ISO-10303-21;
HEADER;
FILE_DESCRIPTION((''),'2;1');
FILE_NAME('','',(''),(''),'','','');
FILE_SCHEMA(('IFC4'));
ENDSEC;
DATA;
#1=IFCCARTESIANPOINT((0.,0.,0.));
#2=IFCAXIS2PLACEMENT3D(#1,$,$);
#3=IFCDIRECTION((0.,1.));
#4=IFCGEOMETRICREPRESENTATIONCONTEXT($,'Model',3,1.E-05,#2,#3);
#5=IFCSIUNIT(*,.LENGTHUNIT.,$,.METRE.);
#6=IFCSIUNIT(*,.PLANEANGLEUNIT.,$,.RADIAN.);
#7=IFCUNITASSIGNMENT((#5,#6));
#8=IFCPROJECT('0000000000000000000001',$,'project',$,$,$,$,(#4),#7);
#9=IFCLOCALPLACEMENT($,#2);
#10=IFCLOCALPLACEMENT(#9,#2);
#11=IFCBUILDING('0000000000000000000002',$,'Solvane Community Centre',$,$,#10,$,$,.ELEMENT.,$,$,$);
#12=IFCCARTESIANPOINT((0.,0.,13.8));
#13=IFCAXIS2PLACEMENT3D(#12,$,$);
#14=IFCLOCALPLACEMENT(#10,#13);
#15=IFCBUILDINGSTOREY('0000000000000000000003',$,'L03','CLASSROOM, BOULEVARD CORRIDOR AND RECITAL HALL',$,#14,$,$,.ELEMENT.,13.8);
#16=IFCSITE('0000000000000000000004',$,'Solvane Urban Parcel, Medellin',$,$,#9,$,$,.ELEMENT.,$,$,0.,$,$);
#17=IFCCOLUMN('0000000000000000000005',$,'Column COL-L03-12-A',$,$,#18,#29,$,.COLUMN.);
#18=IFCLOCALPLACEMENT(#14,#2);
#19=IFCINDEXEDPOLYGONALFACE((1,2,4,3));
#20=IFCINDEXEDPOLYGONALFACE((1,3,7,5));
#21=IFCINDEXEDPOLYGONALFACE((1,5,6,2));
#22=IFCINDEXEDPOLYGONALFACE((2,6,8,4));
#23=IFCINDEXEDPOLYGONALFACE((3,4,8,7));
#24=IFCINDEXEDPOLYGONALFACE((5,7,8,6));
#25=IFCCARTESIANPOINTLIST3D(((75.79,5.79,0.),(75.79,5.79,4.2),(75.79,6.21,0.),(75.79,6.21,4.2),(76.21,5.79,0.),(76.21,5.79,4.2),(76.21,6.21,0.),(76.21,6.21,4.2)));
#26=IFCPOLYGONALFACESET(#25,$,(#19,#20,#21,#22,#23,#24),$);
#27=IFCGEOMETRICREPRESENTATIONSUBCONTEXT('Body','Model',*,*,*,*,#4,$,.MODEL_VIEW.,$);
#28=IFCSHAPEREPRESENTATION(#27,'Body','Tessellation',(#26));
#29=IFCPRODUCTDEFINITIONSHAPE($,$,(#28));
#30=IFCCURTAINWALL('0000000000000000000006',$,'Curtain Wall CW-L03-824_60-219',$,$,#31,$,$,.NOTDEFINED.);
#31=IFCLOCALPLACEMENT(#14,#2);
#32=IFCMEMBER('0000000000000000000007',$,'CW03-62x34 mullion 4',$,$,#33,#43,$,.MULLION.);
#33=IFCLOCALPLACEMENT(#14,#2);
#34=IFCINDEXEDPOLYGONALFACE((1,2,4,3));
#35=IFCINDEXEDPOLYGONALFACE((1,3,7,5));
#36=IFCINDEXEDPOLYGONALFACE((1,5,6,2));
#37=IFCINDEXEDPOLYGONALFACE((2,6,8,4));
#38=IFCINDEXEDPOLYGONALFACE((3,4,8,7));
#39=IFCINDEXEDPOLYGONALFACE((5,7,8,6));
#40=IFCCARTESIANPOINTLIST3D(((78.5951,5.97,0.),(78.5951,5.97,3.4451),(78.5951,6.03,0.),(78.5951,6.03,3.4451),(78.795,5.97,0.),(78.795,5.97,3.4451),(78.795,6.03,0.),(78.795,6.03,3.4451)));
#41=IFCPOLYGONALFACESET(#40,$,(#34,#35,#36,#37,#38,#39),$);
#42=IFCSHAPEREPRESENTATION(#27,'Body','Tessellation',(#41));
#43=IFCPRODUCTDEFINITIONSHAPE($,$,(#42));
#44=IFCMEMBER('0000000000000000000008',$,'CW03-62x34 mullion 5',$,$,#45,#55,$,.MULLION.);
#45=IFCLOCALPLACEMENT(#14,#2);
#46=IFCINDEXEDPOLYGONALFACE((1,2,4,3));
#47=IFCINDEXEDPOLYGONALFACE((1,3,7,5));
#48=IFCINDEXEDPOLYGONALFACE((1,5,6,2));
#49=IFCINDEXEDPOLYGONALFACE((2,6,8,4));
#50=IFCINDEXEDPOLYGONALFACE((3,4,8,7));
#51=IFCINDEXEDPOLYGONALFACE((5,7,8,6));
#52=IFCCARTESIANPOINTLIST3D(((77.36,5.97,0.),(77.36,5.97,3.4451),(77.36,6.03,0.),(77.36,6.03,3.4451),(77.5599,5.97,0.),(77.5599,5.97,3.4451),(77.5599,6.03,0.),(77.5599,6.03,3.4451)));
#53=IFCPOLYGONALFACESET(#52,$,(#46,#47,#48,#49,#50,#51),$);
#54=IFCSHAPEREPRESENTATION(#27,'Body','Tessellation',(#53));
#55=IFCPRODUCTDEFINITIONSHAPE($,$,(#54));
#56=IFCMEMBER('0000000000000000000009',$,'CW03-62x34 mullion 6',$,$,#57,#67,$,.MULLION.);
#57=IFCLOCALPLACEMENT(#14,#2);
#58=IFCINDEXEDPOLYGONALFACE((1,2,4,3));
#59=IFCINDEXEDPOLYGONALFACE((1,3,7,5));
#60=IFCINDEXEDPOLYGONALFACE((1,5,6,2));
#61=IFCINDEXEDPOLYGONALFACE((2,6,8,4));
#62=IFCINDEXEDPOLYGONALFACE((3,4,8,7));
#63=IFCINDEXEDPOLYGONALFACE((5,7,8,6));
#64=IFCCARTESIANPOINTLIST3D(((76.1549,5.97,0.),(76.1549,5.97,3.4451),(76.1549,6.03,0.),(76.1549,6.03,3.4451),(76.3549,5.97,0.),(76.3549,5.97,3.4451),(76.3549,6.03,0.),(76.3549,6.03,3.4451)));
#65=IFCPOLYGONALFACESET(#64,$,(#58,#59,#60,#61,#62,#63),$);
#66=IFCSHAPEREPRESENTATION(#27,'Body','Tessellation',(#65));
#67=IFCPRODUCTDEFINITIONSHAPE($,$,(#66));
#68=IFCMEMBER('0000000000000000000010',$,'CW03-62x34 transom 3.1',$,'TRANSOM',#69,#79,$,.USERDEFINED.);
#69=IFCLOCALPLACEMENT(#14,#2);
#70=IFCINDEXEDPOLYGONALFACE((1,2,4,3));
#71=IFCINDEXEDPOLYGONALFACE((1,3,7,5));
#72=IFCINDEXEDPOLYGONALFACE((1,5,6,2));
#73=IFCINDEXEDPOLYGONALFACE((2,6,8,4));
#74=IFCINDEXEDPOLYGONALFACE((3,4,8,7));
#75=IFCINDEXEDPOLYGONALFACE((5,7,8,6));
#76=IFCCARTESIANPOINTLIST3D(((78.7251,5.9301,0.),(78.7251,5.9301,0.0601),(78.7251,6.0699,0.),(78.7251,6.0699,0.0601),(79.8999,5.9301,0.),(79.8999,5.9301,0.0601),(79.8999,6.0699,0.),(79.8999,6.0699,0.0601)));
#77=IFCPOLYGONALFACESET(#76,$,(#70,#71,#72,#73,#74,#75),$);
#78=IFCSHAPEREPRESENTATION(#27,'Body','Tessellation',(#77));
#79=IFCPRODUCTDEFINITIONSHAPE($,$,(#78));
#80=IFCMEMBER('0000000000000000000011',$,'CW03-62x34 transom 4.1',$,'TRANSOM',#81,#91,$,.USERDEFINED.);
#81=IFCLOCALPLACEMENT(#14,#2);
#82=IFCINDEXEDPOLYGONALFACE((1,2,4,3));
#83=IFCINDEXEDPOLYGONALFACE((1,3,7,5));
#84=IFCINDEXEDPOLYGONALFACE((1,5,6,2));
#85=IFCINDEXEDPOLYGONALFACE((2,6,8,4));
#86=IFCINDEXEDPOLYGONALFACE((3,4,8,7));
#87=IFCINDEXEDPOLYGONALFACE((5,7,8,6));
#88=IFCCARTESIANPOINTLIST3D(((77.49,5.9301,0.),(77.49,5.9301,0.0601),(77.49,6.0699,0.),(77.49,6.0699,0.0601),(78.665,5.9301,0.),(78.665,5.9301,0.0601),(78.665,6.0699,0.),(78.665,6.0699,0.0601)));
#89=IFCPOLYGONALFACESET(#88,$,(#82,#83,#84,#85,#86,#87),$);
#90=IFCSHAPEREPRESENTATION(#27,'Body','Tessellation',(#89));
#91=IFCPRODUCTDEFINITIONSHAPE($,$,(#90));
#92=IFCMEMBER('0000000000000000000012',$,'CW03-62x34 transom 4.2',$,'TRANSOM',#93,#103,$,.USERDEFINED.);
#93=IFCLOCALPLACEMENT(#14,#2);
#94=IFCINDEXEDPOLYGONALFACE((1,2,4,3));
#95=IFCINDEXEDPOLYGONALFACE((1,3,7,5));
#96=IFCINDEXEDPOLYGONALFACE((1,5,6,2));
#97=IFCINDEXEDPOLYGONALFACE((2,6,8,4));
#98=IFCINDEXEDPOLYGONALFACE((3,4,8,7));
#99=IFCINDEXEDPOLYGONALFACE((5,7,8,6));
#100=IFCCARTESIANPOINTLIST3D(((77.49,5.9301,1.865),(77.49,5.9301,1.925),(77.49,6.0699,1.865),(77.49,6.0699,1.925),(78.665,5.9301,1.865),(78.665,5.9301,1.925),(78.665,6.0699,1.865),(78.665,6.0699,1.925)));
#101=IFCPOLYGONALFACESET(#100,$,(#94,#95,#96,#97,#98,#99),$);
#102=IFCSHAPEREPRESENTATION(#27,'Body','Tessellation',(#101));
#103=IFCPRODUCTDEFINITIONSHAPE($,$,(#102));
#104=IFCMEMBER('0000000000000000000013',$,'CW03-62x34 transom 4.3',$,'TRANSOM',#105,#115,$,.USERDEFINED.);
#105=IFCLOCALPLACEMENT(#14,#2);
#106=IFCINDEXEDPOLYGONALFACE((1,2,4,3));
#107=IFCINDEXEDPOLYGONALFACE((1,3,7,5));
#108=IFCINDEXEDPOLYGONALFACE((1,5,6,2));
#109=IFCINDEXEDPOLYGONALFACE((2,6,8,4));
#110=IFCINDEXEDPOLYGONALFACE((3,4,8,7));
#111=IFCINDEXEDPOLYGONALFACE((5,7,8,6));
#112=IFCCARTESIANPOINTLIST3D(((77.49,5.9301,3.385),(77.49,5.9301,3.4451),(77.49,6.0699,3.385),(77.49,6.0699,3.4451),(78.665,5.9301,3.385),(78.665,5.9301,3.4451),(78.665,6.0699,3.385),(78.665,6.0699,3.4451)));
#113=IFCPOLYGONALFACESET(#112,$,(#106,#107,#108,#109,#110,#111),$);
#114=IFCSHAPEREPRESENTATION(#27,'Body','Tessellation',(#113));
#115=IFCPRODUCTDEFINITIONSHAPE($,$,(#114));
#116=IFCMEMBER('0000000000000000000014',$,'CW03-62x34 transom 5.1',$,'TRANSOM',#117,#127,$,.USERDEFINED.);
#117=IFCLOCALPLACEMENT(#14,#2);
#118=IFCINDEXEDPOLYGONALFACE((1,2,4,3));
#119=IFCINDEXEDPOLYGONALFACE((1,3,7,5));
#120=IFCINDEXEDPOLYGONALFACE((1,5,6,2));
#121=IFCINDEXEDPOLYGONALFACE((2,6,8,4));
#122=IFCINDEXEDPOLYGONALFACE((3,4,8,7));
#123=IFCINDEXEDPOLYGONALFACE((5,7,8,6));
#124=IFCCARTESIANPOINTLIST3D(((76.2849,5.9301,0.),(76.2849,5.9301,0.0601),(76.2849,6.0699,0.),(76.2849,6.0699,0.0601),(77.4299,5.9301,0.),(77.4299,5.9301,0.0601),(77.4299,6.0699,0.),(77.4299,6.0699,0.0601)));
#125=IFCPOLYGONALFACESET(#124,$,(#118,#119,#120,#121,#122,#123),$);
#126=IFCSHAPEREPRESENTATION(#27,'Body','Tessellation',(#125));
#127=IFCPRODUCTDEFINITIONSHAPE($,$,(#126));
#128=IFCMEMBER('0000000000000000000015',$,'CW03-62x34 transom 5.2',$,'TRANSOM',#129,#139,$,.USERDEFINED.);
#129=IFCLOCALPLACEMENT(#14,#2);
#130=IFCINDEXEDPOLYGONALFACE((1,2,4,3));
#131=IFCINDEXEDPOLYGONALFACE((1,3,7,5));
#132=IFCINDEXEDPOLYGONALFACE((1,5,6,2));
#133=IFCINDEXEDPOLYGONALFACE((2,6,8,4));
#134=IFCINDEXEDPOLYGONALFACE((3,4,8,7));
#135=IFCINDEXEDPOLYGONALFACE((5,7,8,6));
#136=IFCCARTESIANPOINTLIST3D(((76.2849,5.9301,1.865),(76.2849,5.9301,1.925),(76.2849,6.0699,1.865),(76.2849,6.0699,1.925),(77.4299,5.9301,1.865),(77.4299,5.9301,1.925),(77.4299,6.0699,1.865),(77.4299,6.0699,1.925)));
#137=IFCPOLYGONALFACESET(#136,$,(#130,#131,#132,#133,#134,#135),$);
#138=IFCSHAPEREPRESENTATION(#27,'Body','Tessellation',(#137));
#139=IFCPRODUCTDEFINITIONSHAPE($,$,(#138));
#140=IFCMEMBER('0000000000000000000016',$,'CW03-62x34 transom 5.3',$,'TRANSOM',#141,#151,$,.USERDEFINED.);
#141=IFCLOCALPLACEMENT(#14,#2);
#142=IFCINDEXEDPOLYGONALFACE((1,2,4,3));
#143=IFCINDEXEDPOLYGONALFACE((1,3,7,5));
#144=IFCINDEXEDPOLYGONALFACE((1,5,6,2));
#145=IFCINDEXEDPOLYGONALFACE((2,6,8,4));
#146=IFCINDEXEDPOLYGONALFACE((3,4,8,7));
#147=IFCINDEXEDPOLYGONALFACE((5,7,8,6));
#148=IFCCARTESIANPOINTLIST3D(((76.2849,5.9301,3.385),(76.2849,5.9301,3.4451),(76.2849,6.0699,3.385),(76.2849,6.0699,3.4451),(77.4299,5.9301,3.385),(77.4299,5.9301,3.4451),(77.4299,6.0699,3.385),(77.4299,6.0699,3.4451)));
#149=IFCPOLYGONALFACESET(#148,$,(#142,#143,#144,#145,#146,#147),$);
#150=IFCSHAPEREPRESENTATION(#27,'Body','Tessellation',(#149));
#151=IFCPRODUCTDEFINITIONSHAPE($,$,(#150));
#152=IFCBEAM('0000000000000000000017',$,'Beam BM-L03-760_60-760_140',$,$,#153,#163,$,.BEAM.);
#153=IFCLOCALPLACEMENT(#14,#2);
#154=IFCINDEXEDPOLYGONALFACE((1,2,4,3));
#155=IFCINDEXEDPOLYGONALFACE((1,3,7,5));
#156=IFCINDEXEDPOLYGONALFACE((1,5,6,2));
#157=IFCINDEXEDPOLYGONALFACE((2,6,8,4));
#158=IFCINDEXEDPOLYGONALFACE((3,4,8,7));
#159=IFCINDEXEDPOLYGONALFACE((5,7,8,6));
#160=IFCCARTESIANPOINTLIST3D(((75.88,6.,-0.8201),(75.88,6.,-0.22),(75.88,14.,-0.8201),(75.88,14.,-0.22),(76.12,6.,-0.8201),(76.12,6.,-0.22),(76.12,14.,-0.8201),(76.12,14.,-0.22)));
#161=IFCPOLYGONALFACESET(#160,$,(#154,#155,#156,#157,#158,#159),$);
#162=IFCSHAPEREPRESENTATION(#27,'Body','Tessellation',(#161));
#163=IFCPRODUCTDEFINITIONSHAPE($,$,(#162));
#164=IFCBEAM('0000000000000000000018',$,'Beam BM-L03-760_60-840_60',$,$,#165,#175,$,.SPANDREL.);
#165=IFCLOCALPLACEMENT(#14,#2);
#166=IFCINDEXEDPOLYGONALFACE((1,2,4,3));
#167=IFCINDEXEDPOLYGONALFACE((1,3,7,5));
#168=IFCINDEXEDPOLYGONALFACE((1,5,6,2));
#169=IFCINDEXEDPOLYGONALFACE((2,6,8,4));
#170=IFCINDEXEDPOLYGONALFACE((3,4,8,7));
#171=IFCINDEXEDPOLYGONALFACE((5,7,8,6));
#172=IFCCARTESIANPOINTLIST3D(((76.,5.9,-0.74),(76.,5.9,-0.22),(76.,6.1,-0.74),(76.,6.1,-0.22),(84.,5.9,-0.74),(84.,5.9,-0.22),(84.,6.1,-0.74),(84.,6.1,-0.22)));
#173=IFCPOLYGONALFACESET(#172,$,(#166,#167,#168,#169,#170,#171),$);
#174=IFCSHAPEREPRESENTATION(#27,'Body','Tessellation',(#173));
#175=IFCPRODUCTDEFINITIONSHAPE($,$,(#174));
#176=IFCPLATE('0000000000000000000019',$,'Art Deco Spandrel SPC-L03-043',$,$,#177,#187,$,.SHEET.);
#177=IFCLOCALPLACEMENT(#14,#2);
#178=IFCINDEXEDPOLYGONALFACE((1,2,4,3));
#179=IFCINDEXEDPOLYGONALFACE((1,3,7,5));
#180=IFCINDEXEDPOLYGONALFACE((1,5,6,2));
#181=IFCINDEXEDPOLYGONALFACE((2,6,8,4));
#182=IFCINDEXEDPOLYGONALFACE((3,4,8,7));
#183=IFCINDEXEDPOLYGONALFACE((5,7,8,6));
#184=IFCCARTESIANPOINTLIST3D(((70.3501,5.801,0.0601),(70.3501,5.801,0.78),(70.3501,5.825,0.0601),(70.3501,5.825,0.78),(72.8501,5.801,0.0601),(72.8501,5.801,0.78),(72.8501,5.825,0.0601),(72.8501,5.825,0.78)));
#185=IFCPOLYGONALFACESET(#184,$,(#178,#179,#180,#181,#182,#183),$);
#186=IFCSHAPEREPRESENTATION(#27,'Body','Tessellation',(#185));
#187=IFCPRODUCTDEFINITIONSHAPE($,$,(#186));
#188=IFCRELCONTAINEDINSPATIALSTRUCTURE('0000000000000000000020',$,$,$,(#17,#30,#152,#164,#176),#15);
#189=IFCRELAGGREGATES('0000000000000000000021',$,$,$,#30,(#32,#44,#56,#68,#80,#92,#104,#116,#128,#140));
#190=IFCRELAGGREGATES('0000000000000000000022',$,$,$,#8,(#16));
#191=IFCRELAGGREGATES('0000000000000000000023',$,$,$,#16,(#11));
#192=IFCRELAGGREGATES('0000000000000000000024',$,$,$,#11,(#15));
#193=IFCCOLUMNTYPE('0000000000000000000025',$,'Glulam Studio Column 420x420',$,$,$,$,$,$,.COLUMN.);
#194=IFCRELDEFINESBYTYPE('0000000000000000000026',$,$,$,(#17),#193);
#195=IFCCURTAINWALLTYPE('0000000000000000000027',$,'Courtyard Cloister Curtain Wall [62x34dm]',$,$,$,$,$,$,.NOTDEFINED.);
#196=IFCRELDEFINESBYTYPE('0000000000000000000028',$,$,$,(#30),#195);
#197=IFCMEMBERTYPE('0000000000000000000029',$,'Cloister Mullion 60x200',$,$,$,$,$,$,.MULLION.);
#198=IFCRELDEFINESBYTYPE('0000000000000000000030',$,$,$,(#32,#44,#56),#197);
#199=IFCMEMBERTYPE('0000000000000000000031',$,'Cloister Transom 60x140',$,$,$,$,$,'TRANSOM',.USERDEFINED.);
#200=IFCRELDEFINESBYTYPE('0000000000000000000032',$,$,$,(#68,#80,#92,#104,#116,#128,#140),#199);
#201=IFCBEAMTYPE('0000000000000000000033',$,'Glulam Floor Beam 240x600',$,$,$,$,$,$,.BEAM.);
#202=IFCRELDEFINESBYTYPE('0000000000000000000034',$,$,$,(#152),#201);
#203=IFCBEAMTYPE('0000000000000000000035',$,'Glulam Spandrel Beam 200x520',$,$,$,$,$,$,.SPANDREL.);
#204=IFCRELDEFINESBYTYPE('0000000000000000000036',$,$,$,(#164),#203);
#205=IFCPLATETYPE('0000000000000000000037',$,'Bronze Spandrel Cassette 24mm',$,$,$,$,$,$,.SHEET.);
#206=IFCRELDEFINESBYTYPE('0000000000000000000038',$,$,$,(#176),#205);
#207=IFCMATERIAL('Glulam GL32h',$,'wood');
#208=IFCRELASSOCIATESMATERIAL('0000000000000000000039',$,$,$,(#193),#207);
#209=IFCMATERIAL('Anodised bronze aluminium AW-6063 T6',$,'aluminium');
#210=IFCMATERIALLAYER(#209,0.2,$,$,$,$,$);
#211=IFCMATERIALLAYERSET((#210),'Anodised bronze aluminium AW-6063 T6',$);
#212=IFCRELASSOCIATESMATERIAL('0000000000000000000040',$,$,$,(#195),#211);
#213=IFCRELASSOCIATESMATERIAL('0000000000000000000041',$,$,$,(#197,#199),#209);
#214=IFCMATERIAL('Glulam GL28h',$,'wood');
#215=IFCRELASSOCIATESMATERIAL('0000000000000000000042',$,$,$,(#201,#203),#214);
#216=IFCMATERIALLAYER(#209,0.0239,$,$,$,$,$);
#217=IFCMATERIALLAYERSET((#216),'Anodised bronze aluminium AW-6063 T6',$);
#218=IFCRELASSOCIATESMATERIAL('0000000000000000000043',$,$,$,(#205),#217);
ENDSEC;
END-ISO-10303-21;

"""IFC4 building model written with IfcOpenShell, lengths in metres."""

from ifc_helpers import new_model, si_unit, direction, frame, origin, origin_2d, place, context, subcontext, project, spatial, rectangle, extrude, material, layer, layer_set, material_profile, profile_set, type_object, element, aggregate, save


model = new_model("IFC4")

# Units and contexts
model_context = context("Model", 3, precision=1e-05, world=origin(), true_north=direction((0.0, 1.0)))
body_context = subcontext(model_context, "Body", "Model", "MODEL_VIEW")
ifc_project = project(units=[si_unit("LENGTHUNIT", "METRE"), si_unit("PLANEANGLEUNIT", "RADIAN")], contexts=[model_context])

# Site, building, storey
site_placement = place(None, origin())
site = spatial("IfcSite", under=ifc_project, at=site_placement, Name="Solvane Urban Parcel, Medellin", CompositionType="ELEMENT", RefElevation=0.0)
building_placement = place(site_placement, origin())
building = spatial("IfcBuilding", under=site, at=building_placement, Name="Solvane Community Centre", CompositionType="ELEMENT")
storey_placement = place(building_placement, frame((0.0, 0.0, 13.8)))
storey = spatial("IfcBuildingStorey", under=building, at=storey_placement, Name="L03", Description="CLASSROOM, BOULEVARD CORRIDOR AND RECITAL HALL", CompositionType="ELEMENT", Elevation=13.8)

# Column
ifc_material_1 = material(Name="Glulam GL32h", Category="wood")
ifc_material_profile_1 = material_profile(ifc_material_1, rectangle(XDim=0.4199, YDim=0.4199, at=origin_2d()), Name="GL32h 420x420")
ifc_profile_set_1 = profile_set([ifc_material_profile_1], Name="Glulam GL32h")
column_type = type_object("IfcColumnType", Name="Glulam Studio Column 420x420", PredefinedType="COLUMN", material=ifc_profile_set_1)
column_placement = place(storey_placement, frame((76.0, 6.0, 0.0), z_axis=(0.0, 0.0, 1.0), x_axis=(1.0, 0.0, 0.0)))
element("IfcColumn", 1, at=column_placement, inside=storey, type_object=column_type, Name="Column COL-L03-12-A", PredefinedType="COLUMN", context=body_context, shape_type="SweptSolid", body=[
    extrude(rectangle(XDim=0.4199, YDim=0.4199, at=origin_2d()), origin(), (0.0, 0.0, 1.0), 4.2),
])

# Curtain wall, members
ifc_material_2 = material(Name="Anodised bronze aluminium AW-6063 T6", Category="aluminium")
ifc_layer_1 = layer(ifc_material_2, 0.2)
ifc_layer_set_1 = layer_set([ifc_layer_1], Name="Anodised bronze aluminium AW-6063 T6")
curtain_wall_type = type_object("IfcCurtainWallType", Name="Courtyard Cloister Curtain Wall [62x34dm]", PredefinedType="NOTDEFINED", material=ifc_layer_set_1)
curtain_wall_placement = place(storey_placement, origin())
curtain_wall = element("IfcCurtainWall", 2, at=curtain_wall_placement, inside=storey, type_object=curtain_wall_type, Name="Curtain Wall CW-L03-824_60-219", PredefinedType="NOTDEFINED")
ifc_material_profile_2 = material_profile(ifc_material_2, rectangle(XDim=0.0601, YDim=0.2, at=origin_2d()), Name="CW-M 60x200")
ifc_profile_set_2 = profile_set([ifc_material_profile_2], Name="Anodised bronze aluminium AW-6063 T6")
member_type_1 = type_object("IfcMemberType", Name="Cloister Mullion 60x200", PredefinedType="MULLION", material=ifc_profile_set_2)
member_1_placement = place(storey_placement, frame((78.6951, 6.0, 0.0), z_axis=(0.0, 0.0, 1.0), x_axis=(0.0, -1.0, 0.0)))
member_1 = element("IfcMember", 3, at=member_1_placement, type_object=member_type_1, Name="CW03-62x34 mullion 4", PredefinedType="MULLION", context=body_context, shape_type="SweptSolid", body=[
    extrude(rectangle(XDim=0.0601, YDim=0.2, at=origin_2d()), origin(), (0.0, 0.0, 1.0), 3.4451),
])
member_2_placement = place(storey_placement, frame((77.46, 6.0, 0.0), z_axis=(0.0, 0.0, 1.0), x_axis=(0.0, -1.0, 0.0)))
member_2 = element("IfcMember", 4, at=member_2_placement, type_object=member_type_1, Name="CW03-62x34 mullion 5", PredefinedType="MULLION", context=body_context, shape_type="SweptSolid", body=[
    extrude(rectangle(XDim=0.0601, YDim=0.2, at=origin_2d()), origin(), (0.0, 0.0, 1.0), 3.4451),
])
member_3_placement = place(storey_placement, frame((76.2549, 6.0, 0.0), z_axis=(0.0, 0.0, 1.0), x_axis=(0.0, -1.0, 0.0)))
member_3 = element("IfcMember", 5, at=member_3_placement, type_object=member_type_1, Name="CW03-62x34 mullion 6", PredefinedType="MULLION", context=body_context, shape_type="SweptSolid", body=[
    extrude(rectangle(XDim=0.0601, YDim=0.2, at=origin_2d()), origin(), (0.0, 0.0, 1.0), 3.4451),
])
ifc_material_profile_3 = material_profile(ifc_material_2, rectangle(XDim=0.1399, YDim=0.0601, at=origin_2d()), Name="CW-T 60x140")
ifc_profile_set_3 = profile_set([ifc_material_profile_3], Name="Anodised bronze aluminium AW-6063 T6")
member_type_2 = type_object("IfcMemberType", Name="Cloister Transom 60x140", ElementType="TRANSOM", PredefinedType="USERDEFINED", material=ifc_profile_set_3)
member_4_placement = place(storey_placement, frame((79.8999, 6.0, 0.03), z_axis=(-1.0, 0.0, 0.0), x_axis=(0.0, -1.0, 0.0)))
member_4 = element("IfcMember", 6, at=member_4_placement, type_object=member_type_2, Name="CW03-62x34 transom 3.1", ObjectType="TRANSOM", PredefinedType="USERDEFINED", context=body_context, shape_type="SweptSolid", body=[
    extrude(rectangle(XDim=0.1399, YDim=0.0601, at=origin_2d()), origin(), (0.0, 0.0, 1.0), 1.1748),
])
member_5_placement = place(storey_placement, frame((78.665, 6.0, 0.03), z_axis=(-1.0, 0.0, 0.0), x_axis=(0.0, -1.0, 0.0)))
member_5 = element("IfcMember", 7, at=member_5_placement, type_object=member_type_2, Name="CW03-62x34 transom 4.1", ObjectType="TRANSOM", PredefinedType="USERDEFINED", context=body_context, shape_type="SweptSolid", body=[
    extrude(rectangle(XDim=0.1399, YDim=0.0601, at=origin_2d()), origin(), (0.0, 0.0, 1.0), 1.175),
])
member_6_placement = place(storey_placement, frame((78.665, 6.0, 1.895), z_axis=(-1.0, 0.0, 0.0), x_axis=(0.0, -1.0, 0.0)))
member_6 = element("IfcMember", 8, at=member_6_placement, type_object=member_type_2, Name="CW03-62x34 transom 4.2", ObjectType="TRANSOM", PredefinedType="USERDEFINED", context=body_context, shape_type="SweptSolid", body=[
    extrude(rectangle(XDim=0.1399, YDim=0.0601, at=origin_2d()), origin(), (0.0, 0.0, 1.0), 1.175),
])
member_7_placement = place(storey_placement, frame((78.665, 6.0, 3.415), z_axis=(-1.0, 0.0, 0.0), x_axis=(0.0, -1.0, 0.0)))
member_7 = element("IfcMember", 9, at=member_7_placement, type_object=member_type_2, Name="CW03-62x34 transom 4.3", ObjectType="TRANSOM", PredefinedType="USERDEFINED", context=body_context, shape_type="SweptSolid", body=[
    extrude(rectangle(XDim=0.1399, YDim=0.0601, at=origin_2d()), origin(), (0.0, 0.0, 1.0), 1.175),
])
member_8_placement = place(storey_placement, frame((77.4299, 6.0, 0.03), z_axis=(-1.0, 0.0, 0.0), x_axis=(0.0, -1.0, 0.0)))
member_8 = element("IfcMember", 10, at=member_8_placement, type_object=member_type_2, Name="CW03-62x34 transom 5.1", ObjectType="TRANSOM", PredefinedType="USERDEFINED", context=body_context, shape_type="SweptSolid", body=[
    extrude(rectangle(XDim=0.1399, YDim=0.0601, at=origin_2d()), origin(), (0.0, 0.0, 1.0), 1.145),
])
member_9_placement = place(storey_placement, frame((77.4299, 6.0, 1.895), z_axis=(-1.0, 0.0, 0.0), x_axis=(0.0, -1.0, 0.0)))
member_9 = element("IfcMember", 11, at=member_9_placement, type_object=member_type_2, Name="CW03-62x34 transom 5.2", ObjectType="TRANSOM", PredefinedType="USERDEFINED", context=body_context, shape_type="SweptSolid", body=[
    extrude(rectangle(XDim=0.1399, YDim=0.0601, at=origin_2d()), origin(), (0.0, 0.0, 1.0), 1.145),
])
member_10_placement = place(storey_placement, frame((77.4299, 6.0, 3.415), z_axis=(-1.0, 0.0, 0.0), x_axis=(0.0, -1.0, 0.0)))
member_10 = element("IfcMember", 12, at=member_10_placement, type_object=member_type_2, Name="CW03-62x34 transom 5.3", ObjectType="TRANSOM", PredefinedType="USERDEFINED", context=body_context, shape_type="SweptSolid", body=[
    extrude(rectangle(XDim=0.1399, YDim=0.0601, at=origin_2d()), origin(), (0.0, 0.0, 1.0), 1.145),
])

# Beams
ifc_material_3 = material(Name="Glulam GL28h", Category="wood")
ifc_material_profile_4 = material_profile(ifc_material_3, rectangle(XDim=0.24, YDim=0.6001, at=origin_2d()), Name="GL28h 240x600")
ifc_profile_set_4 = profile_set([ifc_material_profile_4], Name="Glulam GL28h")
beam_type_1 = type_object("IfcBeamType", Name="Glulam Floor Beam 240x600", PredefinedType="BEAM", material=ifc_profile_set_4)
beam_1_placement = place(storey_placement, frame((76.0, 6.0, -0.52), z_axis=(0.0, 1.0, 0.0), x_axis=(-1.0, 0.0, 0.0)))
element("IfcBeam", 13, at=beam_1_placement, inside=storey, type_object=beam_type_1, Name="Beam BM-L03-760_60-760_140", PredefinedType="BEAM", context=body_context, shape_type="SweptSolid", body=[
    extrude(rectangle(XDim=0.24, YDim=0.6001, at=origin_2d()), origin(), (0.0, 0.0, 1.0), 8.0),
])
ifc_material_profile_5 = material_profile(ifc_material_3, rectangle(XDim=0.2, YDim=0.52, at=origin_2d()), Name="GL28h 200x520")
ifc_profile_set_5 = profile_set([ifc_material_profile_5], Name="Glulam GL28h")
beam_type_2 = type_object("IfcBeamType", Name="Glulam Spandrel Beam 200x520", PredefinedType="SPANDREL", material=ifc_profile_set_5)
beam_2_placement = place(storey_placement, frame((76.0, 6.0, -0.48), z_axis=(1.0, 0.0, 0.0), x_axis=(0.0, 1.0, 0.0)))
element("IfcBeam", 14, at=beam_2_placement, inside=storey, type_object=beam_type_2, Name="Beam BM-L03-760_60-840_60", PredefinedType="SPANDREL", context=body_context, shape_type="SweptSolid", body=[
    extrude(rectangle(XDim=0.2, YDim=0.52, at=origin_2d()), origin(), (0.0, 0.0, 1.0), 8.0),
])

# Plate
ifc_layer_2 = layer(ifc_material_2, 0.0239)
ifc_layer_set_2 = layer_set([ifc_layer_2], Name="Anodised bronze aluminium AW-6063 T6")
plate_type_1 = type_object("IfcPlateType", Name="Bronze Spandrel Cassette 24mm", PredefinedType="SHEET", material=ifc_layer_set_2)
plate_1_placement = place(storey_placement, frame((71.6001, 5.813, 0.0601), z_axis=(0.0, 0.0, 1.0), x_axis=(-1.0, 0.0, 0.0)))
element("IfcPlate", 15, at=plate_1_placement, inside=storey, type_object=plate_type_1, Name="Art Deco Spandrel SPC-L03-043", PredefinedType="SHEET", context=body_context, shape_type="SweptSolid", body=[
    extrude(rectangle(XDim=2.5, YDim=0.0239, at=origin_2d()), origin(), (0.0, 0.0, 1.0), 0.72),
])
aggregate(curtain_wall, [member_1, member_2, member_3, member_4, member_5, member_6, member_7, member_8, member_9, member_10])

save(model, "model.ifc")
